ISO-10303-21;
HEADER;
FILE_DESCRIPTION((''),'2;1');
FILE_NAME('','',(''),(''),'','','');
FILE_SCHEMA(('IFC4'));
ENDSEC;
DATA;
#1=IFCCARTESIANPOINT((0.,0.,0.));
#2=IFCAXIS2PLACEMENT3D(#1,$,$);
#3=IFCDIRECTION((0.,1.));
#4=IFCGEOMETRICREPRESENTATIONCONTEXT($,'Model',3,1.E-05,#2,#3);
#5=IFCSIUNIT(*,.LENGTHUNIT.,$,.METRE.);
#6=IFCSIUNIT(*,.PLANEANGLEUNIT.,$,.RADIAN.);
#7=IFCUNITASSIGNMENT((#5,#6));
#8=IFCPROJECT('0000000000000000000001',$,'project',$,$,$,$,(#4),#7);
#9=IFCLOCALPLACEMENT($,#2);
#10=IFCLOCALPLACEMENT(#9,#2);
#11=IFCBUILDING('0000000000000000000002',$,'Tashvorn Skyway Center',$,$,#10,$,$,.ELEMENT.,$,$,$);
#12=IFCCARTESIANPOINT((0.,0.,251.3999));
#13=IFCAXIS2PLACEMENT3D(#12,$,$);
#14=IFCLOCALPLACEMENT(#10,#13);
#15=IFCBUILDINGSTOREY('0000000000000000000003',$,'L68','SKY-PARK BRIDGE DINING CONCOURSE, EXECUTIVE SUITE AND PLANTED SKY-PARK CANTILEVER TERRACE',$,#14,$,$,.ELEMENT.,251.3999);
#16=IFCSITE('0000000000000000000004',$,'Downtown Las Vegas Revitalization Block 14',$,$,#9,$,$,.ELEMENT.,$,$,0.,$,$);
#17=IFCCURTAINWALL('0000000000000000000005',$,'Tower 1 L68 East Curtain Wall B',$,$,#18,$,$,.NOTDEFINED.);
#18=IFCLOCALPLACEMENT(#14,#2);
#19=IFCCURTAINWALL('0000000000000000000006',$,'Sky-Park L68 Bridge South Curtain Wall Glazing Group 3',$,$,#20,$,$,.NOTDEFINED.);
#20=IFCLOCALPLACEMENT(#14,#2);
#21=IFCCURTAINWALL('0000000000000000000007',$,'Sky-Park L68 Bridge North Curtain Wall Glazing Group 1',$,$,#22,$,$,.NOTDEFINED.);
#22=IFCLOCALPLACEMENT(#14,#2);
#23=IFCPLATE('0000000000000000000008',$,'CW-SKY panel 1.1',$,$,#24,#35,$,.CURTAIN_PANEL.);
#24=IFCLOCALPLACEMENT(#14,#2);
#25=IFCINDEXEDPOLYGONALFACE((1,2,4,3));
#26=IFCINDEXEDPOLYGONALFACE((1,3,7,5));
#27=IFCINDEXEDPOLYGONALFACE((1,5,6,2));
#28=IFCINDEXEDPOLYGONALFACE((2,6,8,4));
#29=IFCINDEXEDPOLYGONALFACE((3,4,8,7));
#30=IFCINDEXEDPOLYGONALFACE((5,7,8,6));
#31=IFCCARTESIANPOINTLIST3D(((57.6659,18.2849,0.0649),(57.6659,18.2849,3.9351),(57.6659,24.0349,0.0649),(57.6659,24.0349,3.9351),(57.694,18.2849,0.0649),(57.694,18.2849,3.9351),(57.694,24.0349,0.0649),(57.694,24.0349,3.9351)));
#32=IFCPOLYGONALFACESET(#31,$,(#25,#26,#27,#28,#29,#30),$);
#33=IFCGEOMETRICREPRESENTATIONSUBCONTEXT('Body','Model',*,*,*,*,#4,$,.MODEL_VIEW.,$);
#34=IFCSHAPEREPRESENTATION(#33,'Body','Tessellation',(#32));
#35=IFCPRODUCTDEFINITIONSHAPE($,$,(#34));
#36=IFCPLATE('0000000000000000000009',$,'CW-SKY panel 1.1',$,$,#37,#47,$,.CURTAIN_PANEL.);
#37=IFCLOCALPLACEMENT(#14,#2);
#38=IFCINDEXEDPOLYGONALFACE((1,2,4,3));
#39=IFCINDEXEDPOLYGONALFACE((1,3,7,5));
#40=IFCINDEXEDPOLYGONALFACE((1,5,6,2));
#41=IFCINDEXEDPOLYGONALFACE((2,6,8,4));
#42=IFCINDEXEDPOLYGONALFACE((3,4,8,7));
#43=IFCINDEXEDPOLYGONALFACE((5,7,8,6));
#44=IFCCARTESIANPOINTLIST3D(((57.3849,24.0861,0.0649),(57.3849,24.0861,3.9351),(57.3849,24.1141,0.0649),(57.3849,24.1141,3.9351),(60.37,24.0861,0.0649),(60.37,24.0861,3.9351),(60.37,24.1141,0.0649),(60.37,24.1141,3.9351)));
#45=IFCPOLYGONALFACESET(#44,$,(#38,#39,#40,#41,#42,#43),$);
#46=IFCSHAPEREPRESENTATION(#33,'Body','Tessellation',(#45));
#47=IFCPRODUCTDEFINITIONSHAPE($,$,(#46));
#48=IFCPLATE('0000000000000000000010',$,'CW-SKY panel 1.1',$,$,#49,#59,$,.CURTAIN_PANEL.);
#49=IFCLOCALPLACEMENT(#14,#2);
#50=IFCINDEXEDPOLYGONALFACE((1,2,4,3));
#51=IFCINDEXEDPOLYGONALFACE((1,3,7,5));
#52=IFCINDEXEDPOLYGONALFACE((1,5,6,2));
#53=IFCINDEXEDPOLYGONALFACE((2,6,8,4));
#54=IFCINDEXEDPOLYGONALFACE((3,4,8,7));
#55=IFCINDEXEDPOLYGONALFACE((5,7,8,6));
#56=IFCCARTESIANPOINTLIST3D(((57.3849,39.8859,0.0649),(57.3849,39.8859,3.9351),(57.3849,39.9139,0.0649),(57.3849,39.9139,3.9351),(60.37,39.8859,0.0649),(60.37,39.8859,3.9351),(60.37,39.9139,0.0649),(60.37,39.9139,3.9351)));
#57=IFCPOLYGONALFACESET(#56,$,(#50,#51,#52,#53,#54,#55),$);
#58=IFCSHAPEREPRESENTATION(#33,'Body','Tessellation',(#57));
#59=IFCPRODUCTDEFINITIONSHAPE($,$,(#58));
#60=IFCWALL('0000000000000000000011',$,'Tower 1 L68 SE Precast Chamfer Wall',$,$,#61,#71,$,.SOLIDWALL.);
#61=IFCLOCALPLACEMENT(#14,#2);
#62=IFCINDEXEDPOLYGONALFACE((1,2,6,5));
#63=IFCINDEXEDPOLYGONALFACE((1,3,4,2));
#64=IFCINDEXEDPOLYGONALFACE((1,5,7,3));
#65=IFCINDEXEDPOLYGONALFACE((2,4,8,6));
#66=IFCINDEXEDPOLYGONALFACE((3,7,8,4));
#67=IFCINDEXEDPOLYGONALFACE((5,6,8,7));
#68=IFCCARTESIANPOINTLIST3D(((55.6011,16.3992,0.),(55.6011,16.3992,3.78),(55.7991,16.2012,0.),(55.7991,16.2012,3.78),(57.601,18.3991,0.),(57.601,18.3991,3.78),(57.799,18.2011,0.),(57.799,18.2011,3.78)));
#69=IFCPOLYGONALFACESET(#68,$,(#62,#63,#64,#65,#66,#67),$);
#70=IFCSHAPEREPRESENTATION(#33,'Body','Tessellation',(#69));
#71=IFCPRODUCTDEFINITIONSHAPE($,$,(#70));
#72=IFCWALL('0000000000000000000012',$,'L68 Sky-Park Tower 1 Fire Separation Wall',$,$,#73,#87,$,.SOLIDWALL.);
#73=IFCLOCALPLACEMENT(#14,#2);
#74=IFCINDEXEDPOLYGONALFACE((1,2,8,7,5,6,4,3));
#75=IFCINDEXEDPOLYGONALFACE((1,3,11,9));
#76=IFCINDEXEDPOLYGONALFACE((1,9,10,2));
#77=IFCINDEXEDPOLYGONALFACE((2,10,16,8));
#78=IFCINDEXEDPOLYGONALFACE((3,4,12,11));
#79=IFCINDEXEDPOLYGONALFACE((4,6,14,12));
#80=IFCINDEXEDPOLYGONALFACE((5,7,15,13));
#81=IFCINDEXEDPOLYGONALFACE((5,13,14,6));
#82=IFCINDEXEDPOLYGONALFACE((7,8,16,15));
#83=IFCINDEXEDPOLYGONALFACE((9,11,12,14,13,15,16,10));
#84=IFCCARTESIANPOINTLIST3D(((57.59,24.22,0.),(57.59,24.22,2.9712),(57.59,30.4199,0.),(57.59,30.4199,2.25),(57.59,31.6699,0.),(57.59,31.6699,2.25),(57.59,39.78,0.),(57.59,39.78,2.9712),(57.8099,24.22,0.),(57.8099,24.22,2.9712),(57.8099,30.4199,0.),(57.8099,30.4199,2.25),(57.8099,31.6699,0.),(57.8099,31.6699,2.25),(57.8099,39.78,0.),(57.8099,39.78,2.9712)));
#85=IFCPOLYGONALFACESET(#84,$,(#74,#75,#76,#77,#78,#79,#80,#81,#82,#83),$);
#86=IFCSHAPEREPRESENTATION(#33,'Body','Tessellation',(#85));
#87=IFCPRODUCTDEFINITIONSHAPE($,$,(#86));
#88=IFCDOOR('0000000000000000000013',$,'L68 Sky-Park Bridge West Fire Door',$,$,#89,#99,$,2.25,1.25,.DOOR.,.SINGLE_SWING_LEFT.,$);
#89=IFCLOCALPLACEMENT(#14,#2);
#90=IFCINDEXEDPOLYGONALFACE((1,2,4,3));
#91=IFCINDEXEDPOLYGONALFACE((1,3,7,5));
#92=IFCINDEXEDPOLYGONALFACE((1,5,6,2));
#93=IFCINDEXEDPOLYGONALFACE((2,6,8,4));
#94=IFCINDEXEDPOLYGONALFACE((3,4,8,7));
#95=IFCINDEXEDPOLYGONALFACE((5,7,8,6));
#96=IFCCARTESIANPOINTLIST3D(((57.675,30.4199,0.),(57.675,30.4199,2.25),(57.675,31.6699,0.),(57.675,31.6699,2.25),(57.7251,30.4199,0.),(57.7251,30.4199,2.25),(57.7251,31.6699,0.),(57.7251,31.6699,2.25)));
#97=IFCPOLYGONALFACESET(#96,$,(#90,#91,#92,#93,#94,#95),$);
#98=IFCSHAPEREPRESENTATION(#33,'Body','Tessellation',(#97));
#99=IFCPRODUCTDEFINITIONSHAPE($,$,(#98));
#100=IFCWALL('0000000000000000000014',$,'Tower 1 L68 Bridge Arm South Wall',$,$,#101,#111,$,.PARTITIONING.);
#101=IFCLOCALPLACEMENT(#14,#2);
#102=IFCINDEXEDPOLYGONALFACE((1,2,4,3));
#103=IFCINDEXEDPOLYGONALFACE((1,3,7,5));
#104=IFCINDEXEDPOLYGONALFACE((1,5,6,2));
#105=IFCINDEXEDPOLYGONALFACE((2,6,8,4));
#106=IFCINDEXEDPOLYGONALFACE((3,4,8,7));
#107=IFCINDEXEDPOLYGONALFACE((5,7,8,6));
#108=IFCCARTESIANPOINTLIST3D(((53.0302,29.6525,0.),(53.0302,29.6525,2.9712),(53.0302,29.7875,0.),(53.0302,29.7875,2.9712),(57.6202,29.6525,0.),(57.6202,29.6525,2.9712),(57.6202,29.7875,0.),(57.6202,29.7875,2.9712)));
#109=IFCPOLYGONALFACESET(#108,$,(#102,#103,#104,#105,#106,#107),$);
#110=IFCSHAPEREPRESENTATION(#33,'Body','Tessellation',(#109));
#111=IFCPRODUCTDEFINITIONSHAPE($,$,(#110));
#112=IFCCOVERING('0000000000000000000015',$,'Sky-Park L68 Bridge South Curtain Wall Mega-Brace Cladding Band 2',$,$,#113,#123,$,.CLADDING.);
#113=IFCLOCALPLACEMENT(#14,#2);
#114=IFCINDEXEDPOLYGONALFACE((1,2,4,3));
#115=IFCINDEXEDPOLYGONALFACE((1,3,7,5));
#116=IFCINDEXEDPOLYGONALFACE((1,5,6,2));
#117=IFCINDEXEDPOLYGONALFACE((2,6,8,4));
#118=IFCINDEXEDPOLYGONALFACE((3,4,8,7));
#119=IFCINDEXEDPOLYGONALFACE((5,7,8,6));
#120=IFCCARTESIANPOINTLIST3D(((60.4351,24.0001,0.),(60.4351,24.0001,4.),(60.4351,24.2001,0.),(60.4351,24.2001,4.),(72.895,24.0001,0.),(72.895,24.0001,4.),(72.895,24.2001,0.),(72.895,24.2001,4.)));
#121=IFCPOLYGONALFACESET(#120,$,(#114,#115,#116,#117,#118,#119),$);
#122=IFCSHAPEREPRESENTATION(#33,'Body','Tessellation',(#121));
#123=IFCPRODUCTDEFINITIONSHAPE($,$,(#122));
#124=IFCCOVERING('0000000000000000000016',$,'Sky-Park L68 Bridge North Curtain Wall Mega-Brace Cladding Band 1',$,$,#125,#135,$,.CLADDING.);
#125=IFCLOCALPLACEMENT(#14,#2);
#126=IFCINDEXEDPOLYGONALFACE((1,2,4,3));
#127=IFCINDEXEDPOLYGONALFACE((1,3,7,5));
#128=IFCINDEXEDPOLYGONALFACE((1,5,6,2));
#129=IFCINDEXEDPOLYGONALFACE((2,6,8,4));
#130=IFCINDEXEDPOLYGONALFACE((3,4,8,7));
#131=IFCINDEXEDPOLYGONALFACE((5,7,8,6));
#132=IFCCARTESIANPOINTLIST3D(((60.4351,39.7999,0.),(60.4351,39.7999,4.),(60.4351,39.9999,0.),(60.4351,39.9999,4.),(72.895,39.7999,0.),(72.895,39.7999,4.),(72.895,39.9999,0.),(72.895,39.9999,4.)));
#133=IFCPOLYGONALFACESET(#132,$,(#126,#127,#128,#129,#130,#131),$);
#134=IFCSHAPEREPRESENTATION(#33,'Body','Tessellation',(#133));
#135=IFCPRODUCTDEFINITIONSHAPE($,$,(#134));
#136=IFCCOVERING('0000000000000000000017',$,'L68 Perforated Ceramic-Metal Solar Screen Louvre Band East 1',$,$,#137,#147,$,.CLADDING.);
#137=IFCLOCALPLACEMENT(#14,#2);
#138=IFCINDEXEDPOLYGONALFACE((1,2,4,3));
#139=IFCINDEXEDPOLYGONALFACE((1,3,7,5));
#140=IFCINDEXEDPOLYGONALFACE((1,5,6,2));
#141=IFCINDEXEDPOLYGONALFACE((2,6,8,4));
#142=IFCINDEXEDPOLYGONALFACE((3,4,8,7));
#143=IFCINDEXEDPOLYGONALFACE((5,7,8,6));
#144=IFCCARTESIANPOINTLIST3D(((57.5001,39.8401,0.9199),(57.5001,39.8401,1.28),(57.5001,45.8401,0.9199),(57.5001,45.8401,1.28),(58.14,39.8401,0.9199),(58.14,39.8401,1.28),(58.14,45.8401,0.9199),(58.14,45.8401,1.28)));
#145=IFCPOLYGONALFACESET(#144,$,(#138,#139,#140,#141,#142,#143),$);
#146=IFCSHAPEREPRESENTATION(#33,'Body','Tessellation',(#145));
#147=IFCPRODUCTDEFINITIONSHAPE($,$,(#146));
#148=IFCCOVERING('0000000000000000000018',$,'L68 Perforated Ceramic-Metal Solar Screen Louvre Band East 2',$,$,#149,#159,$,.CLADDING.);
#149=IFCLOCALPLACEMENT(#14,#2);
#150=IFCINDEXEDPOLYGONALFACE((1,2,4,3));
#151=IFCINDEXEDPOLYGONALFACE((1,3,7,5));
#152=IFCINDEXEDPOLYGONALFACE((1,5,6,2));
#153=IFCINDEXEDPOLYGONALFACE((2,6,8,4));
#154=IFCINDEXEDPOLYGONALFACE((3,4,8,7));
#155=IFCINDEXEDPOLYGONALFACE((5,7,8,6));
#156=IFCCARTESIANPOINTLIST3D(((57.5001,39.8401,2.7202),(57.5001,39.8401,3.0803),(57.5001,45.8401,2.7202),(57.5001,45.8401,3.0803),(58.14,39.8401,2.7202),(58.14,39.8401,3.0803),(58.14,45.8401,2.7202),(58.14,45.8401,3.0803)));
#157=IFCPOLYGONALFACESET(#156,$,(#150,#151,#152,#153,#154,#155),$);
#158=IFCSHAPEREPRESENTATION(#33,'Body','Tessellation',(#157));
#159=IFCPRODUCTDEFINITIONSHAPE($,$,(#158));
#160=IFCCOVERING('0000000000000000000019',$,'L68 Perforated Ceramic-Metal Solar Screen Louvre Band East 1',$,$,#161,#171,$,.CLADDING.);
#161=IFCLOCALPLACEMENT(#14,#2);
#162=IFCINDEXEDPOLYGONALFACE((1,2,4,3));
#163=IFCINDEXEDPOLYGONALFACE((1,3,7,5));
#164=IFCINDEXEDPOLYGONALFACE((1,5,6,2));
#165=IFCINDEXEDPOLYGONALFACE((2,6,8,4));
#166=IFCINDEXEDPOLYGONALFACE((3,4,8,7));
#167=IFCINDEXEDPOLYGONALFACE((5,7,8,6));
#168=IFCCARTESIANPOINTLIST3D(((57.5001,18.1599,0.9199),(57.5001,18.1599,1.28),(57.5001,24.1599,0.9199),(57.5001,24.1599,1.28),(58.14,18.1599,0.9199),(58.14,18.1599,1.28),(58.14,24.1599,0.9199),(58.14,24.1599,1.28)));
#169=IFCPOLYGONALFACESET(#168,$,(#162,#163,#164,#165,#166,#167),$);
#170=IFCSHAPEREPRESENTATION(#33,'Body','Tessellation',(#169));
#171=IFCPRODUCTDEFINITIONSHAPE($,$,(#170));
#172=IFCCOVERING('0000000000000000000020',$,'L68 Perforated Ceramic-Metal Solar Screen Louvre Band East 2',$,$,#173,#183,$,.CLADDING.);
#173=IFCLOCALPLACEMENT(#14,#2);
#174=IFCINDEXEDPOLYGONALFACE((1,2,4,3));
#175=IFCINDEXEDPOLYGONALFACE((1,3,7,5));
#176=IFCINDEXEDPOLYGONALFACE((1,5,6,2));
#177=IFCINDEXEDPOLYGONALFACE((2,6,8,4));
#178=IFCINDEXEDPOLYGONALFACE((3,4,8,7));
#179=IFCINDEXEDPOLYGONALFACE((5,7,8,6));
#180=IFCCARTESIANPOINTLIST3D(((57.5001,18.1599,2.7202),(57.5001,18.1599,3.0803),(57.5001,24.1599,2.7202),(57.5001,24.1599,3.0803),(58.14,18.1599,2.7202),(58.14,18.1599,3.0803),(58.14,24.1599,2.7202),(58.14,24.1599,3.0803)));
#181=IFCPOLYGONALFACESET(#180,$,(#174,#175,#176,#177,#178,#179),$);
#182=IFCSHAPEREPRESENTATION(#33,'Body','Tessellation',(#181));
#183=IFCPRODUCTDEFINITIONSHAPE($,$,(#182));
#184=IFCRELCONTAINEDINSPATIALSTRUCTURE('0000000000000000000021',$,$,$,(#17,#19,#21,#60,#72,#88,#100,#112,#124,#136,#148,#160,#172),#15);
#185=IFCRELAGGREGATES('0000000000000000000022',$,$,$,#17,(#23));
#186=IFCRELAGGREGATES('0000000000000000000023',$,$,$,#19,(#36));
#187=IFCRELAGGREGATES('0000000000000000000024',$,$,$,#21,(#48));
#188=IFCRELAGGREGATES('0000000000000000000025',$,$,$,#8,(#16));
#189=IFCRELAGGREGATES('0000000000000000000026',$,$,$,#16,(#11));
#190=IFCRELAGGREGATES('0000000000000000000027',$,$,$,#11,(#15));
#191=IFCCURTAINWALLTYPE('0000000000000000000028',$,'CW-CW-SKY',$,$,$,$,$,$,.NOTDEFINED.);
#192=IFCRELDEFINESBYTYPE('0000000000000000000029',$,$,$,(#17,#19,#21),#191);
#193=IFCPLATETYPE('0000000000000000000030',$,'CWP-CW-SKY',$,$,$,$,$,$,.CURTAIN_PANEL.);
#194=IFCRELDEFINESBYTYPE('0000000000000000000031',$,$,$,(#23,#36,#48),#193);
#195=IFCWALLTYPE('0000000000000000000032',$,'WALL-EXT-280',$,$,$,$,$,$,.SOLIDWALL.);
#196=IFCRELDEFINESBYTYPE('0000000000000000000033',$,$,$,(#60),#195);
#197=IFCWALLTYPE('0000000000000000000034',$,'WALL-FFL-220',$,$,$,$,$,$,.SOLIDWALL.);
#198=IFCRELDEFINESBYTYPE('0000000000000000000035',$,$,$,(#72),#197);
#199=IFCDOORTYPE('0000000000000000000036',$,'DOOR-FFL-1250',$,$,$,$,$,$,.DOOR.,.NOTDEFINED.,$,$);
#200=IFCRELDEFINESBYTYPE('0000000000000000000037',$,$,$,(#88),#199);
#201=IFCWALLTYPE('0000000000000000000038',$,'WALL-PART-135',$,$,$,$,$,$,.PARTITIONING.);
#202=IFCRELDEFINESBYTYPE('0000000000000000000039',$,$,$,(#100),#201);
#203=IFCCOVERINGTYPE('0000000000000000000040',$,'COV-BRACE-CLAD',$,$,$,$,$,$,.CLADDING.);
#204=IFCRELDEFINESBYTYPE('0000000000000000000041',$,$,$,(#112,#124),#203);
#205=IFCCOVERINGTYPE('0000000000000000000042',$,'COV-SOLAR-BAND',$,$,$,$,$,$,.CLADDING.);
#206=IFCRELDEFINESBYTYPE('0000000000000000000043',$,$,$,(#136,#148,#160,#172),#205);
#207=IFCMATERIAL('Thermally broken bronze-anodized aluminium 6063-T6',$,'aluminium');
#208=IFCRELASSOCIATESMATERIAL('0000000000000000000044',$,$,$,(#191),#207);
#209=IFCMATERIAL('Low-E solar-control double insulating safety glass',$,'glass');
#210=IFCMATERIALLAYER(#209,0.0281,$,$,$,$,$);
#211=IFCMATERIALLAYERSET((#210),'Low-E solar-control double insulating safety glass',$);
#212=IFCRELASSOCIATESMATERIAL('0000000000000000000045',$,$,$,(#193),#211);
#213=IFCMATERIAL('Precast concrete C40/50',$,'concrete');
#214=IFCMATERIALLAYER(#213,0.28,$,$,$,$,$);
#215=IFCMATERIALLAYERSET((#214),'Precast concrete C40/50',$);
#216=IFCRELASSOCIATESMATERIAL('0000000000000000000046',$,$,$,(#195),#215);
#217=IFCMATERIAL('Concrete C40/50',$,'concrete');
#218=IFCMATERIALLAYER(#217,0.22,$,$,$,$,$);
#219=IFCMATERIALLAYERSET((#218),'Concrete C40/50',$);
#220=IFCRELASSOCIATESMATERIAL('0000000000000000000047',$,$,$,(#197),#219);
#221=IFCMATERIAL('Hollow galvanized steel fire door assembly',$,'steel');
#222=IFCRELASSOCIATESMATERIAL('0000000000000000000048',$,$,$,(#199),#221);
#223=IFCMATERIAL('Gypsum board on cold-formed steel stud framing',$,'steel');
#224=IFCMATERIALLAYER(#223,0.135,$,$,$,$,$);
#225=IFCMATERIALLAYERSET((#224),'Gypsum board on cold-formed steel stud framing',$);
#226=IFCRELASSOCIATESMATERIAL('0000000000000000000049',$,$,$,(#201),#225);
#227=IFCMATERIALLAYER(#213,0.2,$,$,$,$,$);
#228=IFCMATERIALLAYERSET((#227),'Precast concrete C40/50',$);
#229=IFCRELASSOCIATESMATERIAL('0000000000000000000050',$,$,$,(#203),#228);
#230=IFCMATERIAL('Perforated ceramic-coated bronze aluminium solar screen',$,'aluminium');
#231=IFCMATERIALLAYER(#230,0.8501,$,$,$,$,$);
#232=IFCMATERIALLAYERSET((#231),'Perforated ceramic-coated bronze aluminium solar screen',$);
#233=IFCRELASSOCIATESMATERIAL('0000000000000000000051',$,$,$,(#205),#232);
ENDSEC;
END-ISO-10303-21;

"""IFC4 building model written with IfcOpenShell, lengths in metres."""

from ifc_helpers import new_model, si_unit, direction, frame, frame_2d, origin, origin_2d, place, context, subcontext, project, spatial, rectangle, extrude, material, layer, layer_set, type_object, element, fill, aggregate, save


model = new_model("IFC4")

# Units and contexts
model_context = context("Model", 3, precision=1e-05, world=origin(), true_north=direction((0.0, 1.0)))
body_context = subcontext(model_context, "Body", "Model", "MODEL_VIEW")
ifc_project = project(units=[si_unit("LENGTHUNIT", "METRE"), si_unit("PLANEANGLEUNIT", "RADIAN")], contexts=[model_context])

# Site, building, storey
site_placement = place(None, origin())
site = spatial("IfcSite", under=ifc_project, at=site_placement, Name="Downtown Las Vegas Revitalization Block 14", CompositionType="ELEMENT", RefElevation=0.0)
building_placement = place(site_placement, origin())
building = spatial("IfcBuilding", under=site, at=building_placement, Name="Tashvorn Skyway Center", CompositionType="ELEMENT")
storey_placement = place(building_placement, frame((0.0, 0.0, 251.3999)))
storey = spatial("IfcBuildingStorey", under=building, at=storey_placement, Name="L68", Description="SKY-PARK BRIDGE DINING CONCOURSE, EXECUTIVE SUITE AND PLANTED SKY-PARK CANTILEVER TERRACE", CompositionType="ELEMENT", Elevation=251.3999)

# Curtain wall
ifc_material_1 = material(Name="Thermally broken bronze-anodized aluminium 6063-T6", Category="aluminium")
curtain_wall_type = type_object("IfcCurtainWallType", Name="CW-CW-SKY", PredefinedType="NOTDEFINED", material=ifc_material_1)
curtain_wall_1_placement = place(storey_placement, origin())
curtain_wall_1 = element("IfcCurtainWall", 1, at=curtain_wall_1_placement, inside=storey, type_object=curtain_wall_type, Name="Tower 1 L68 East Curtain Wall B", PredefinedType="NOTDEFINED")

# Curtain walls
curtain_wall_2_placement = place(storey_placement, origin())
curtain_wall_2 = element("IfcCurtainWall", 2, at=curtain_wall_2_placement, inside=storey, type_object=curtain_wall_type, Name="Sky-Park L68 Bridge South Curtain Wall Glazing Group 3", PredefinedType="NOTDEFINED")
curtain_wall_3_placement = place(storey_placement, origin())
curtain_wall_3 = element("IfcCurtainWall", 3, at=curtain_wall_3_placement, inside=storey, type_object=curtain_wall_type, Name="Sky-Park L68 Bridge North Curtain Wall Glazing Group 1", PredefinedType="NOTDEFINED")

# Plates
ifc_material_2 = material(Name="Low-E solar-control double insulating safety glass", Category="glass")
ifc_layer_1 = layer(ifc_material_2, 0.0281)
ifc_layer_set_1 = layer_set([ifc_layer_1], Name="Low-E solar-control double insulating safety glass")
plate_type = type_object("IfcPlateType", Name="CWP-CW-SKY", PredefinedType="CURTAIN_PANEL", material=ifc_layer_set_1)
plate_1_placement = place(storey_placement, frame((57.6799, 21.1599, 0.0649), z_axis=(0.0, 0.0, 1.0), x_axis=(0.0, -1.0, 0.0)))
plate_1 = element("IfcPlate", 4, at=plate_1_placement, type_object=plate_type, Name="CW-SKY panel 1.1", PredefinedType="CURTAIN_PANEL", context=body_context, shape_type="SweptSolid", body=[
    extrude(rectangle(XDim=5.75, YDim=0.0281, at=origin_2d()), origin(), (0.0, 0.0, 1.0), 3.8701),
])
aggregate(curtain_wall_1, [plate_1])
plate_2_placement = place(storey_placement, frame((58.8774, 24.1001, 0.0649), z_axis=(0.0, 0.0, 1.0), x_axis=(-1.0, 0.0, 0.0)))
plate_2 = element("IfcPlate", 5, at=plate_2_placement, type_object=plate_type, Name="CW-SKY panel 1.1", PredefinedType="CURTAIN_PANEL", context=body_context, shape_type="SweptSolid", body=[
    extrude(rectangle(XDim=2.9851, YDim=0.0281, at=origin_2d()), origin(), (0.0, 0.0, 1.0), 3.8701),
])
aggregate(curtain_wall_2, [plate_2])
plate_3_placement = place(storey_placement, frame((58.8774, 39.8999, 0.0649), z_axis=(0.0, 0.0, 1.0), x_axis=(1.0, 0.0, 0.0)))
plate_3 = element("IfcPlate", 6, at=plate_3_placement, type_object=plate_type, Name="CW-SKY panel 1.1", PredefinedType="CURTAIN_PANEL", context=body_context, shape_type="SweptSolid", body=[
    extrude(rectangle(XDim=2.9851, YDim=0.0281, at=origin_2d()), origin(), (0.0, 0.0, 1.0), 3.8701),
])
aggregate(curtain_wall_3, [plate_3])

# Wall
ifc_material_3 = material(Name="Precast concrete C40/50", Category="concrete")
ifc_layer_2 = layer(ifc_material_3, 0.28)
ifc_layer_set_2 = layer_set([ifc_layer_2], Name="Precast concrete C40/50")
wall_type_1 = type_object("IfcWallType", Name="WALL-EXT-280", PredefinedType="SOLIDWALL", material=ifc_layer_set_2)
wall_1_placement = place(storey_placement, frame((57.7, 18.3, 0.0), z_axis=(0.0, 0.0, 1.0), x_axis=(-0.707107, -0.707107, 0.0)))
element("IfcWall", 7, at=wall_1_placement, inside=storey, type_object=wall_type_1, Name="Tower 1 L68 SE Precast Chamfer Wall", PredefinedType="SOLIDWALL", context=body_context, shape_type="SweptSolid", body=[
    extrude(rectangle(XDim=2.8284, YDim=0.28, at=frame_2d((1.4141, 0.0))), origin(), (0.0, 0.0, 1.0), 3.78),
])

# Wall, opening, door
ifc_material_4 = material(Name="Concrete C40/50", Category="concrete")
ifc_layer_3 = layer(ifc_material_4, 0.22)
ifc_layer_set_3 = layer_set([ifc_layer_3], Name="Concrete C40/50")
wall_type_2 = type_object("IfcWallType", Name="WALL-FFL-220", PredefinedType="SOLIDWALL", material=ifc_layer_set_3)
wall_2_placement = place(storey_placement, frame((57.7, 24.22, 0.0), z_axis=(0.0, 0.0, 1.0), x_axis=(0.0, 1.0, 0.0)))
wall_2 = element("IfcWall", 8, at=wall_2_placement, inside=storey, type_object=wall_type_2, Name="L68 Sky-Park Tower 1 Fire Separation Wall", PredefinedType="SOLIDWALL", context=body_context, shape_type="SweptSolid", body=[
    extrude(rectangle(XDim=15.5601, YDim=0.22, at=frame_2d((7.78, 0.0))), origin(), (0.0, 0.0, 1.0), 2.9712),
])
opening_placement = place(wall_2_placement, frame((6.2, 0.0, 0.0)))
opening = element("IfcOpeningElement", 9, at=opening_placement, cuts=wall_2, PredefinedType="OPENING", context=body_context, shape_type="SweptSolid", body=[
    extrude(rectangle(XDim=1.25, YDim=2.25, at=frame_2d((0.625, 1.125))), frame((0.0, 0.1199, 0.0), z_axis=(0.0, -1.0, 0.0), x_axis=(1.0, 0.0, 0.0)), (0.0, 0.0, 1.0), 0.24),
])
ifc_material_5 = material(Name="Hollow galvanized steel fire door assembly", Category="steel")
door_type = type_object("IfcDoorType", Name="DOOR-FFL-1250", OperationType="NOTDEFINED", PredefinedType="DOOR", material=ifc_material_5)
door_placement = place(opening_placement, origin())
door = element("IfcDoor", 10, at=door_placement, inside=storey, type_object=door_type, Name="L68 Sky-Park Bridge West Fire Door", OperationType="SINGLE_SWING_LEFT", OverallHeight=2.25, OverallWidth=1.25, PredefinedType="DOOR", context=body_context, shape_type="SweptSolid", body=[
    extrude(rectangle(XDim=1.25, YDim=2.25, at=frame_2d((0.625, 1.125))), frame((0.0, 0.0249, 0.0), z_axis=(0.0, -1.0, 0.0), x_axis=(1.0, 0.0, 0.0)), (0.0, 0.0, 1.0), 0.05),
])
fill(opening, door)

# Wall
ifc_material_6 = material(Name="Gypsum board on cold-formed steel stud framing", Category="steel")
ifc_layer_4 = layer(ifc_material_6, 0.135)
ifc_layer_set_4 = layer_set([ifc_layer_4], Name="Gypsum board on cold-formed steel stud framing")
wall_type_3 = type_object("IfcWallType", Name="WALL-PART-135", PredefinedType="PARTITIONING", material=ifc_layer_set_4)
wall_3_placement = place(storey_placement, frame((57.6201, 29.72, 0.0), z_axis=(0.0, 0.0, 1.0), x_axis=(-1.0, 0.0, 0.0)))
element("IfcWall", 11, at=wall_3_placement, inside=storey, type_object=wall_type_3, Name="Tower 1 L68 Bridge Arm South Wall", PredefinedType="PARTITIONING", context=body_context, shape_type="SweptSolid", body=[
    extrude(rectangle(XDim=4.5901, YDim=0.135, at=frame_2d((2.2949, 0.0))), origin(), (0.0, 0.0, 1.0), 2.9712),
])

# Coverings
ifc_layer_5 = layer(ifc_material_3, 0.2)
ifc_layer_set_5 = layer_set([ifc_layer_5], Name="Precast concrete C40/50")
covering_type_1 = type_object("IfcCoveringType", Name="COV-BRACE-CLAD", PredefinedType="CLADDING", material=ifc_layer_set_5)
for number, where, z_axis, x_axis, name in (
    (12, (66.665, 24.1001, 0.0), (0.0, 0.0, 1.0), (-1.0, 0.0, 0.0), "Sky-Park L68 Bridge South Curtain Wall Mega-Brace Cladding Band 2"),
    (13, (66.665, 39.8999, 0.0), (0.0, 0.0, 1.0), (1.0, 0.0, 0.0), "Sky-Park L68 Bridge North Curtain Wall Mega-Brace Cladding Band 1"),
):
    element("IfcCovering", number, at=place(storey_placement, frame(where, z_axis=z_axis, x_axis=x_axis)), inside=storey, type_object=covering_type_1, Name=name, PredefinedType="CLADDING", context=body_context, shape_type="SweptSolid", body=[
        extrude(rectangle(XDim=12.46, YDim=0.2, at=origin_2d()), origin(), (0.0, 0.0, 1.0), 4.0),
    ])
ifc_material_7 = material(Name="Perforated ceramic-coated bronze aluminium solar screen", Category="aluminium")
ifc_layer_6 = layer(ifc_material_7, 0.8501)
ifc_layer_set_6 = layer_set([ifc_layer_6], Name="Perforated ceramic-coated bronze aluminium solar screen")
covering_type_2 = type_object("IfcCoveringType", Name="COV-SOLAR-BAND", PredefinedType="CLADDING", material=ifc_layer_set_6)
for number, where, z_axis, x_axis, name in (
    (14, (57.8201, 42.8401, 0.9199), (0.0, 0.0, 1.0), (0.0, -1.0, 0.0), "L68 Perforated Ceramic-Metal Solar Screen Louvre Band East 1"),
    (15, (57.8201, 42.8401, 2.7202), (0.0, 0.0, 1.0), (0.0, -1.0, 0.0), "L68 Perforated Ceramic-Metal Solar Screen Louvre Band East 2"),
    (16, (57.8201, 21.1599, 0.9199), (0.0, 0.0, 1.0), (0.0, -1.0, 0.0), "L68 Perforated Ceramic-Metal Solar Screen Louvre Band East 1"),
    (17, (57.8201, 21.1599, 2.7202), (0.0, 0.0, 1.0), (0.0, -1.0, 0.0), "L68 Perforated Ceramic-Metal Solar Screen Louvre Band East 2"),
):
    element("IfcCovering", number, at=place(storey_placement, frame(where, z_axis=z_axis, x_axis=x_axis)), inside=storey, type_object=covering_type_2, Name=name, PredefinedType="CLADDING", context=body_context, shape_type="SweptSolid", body=[
        extrude(rectangle(XDim=6.0, YDim=0.6399, at=origin_2d()), origin(), (0.0, 0.0, 1.0), 0.3601),
    ])

save(model, "model.ifc")
